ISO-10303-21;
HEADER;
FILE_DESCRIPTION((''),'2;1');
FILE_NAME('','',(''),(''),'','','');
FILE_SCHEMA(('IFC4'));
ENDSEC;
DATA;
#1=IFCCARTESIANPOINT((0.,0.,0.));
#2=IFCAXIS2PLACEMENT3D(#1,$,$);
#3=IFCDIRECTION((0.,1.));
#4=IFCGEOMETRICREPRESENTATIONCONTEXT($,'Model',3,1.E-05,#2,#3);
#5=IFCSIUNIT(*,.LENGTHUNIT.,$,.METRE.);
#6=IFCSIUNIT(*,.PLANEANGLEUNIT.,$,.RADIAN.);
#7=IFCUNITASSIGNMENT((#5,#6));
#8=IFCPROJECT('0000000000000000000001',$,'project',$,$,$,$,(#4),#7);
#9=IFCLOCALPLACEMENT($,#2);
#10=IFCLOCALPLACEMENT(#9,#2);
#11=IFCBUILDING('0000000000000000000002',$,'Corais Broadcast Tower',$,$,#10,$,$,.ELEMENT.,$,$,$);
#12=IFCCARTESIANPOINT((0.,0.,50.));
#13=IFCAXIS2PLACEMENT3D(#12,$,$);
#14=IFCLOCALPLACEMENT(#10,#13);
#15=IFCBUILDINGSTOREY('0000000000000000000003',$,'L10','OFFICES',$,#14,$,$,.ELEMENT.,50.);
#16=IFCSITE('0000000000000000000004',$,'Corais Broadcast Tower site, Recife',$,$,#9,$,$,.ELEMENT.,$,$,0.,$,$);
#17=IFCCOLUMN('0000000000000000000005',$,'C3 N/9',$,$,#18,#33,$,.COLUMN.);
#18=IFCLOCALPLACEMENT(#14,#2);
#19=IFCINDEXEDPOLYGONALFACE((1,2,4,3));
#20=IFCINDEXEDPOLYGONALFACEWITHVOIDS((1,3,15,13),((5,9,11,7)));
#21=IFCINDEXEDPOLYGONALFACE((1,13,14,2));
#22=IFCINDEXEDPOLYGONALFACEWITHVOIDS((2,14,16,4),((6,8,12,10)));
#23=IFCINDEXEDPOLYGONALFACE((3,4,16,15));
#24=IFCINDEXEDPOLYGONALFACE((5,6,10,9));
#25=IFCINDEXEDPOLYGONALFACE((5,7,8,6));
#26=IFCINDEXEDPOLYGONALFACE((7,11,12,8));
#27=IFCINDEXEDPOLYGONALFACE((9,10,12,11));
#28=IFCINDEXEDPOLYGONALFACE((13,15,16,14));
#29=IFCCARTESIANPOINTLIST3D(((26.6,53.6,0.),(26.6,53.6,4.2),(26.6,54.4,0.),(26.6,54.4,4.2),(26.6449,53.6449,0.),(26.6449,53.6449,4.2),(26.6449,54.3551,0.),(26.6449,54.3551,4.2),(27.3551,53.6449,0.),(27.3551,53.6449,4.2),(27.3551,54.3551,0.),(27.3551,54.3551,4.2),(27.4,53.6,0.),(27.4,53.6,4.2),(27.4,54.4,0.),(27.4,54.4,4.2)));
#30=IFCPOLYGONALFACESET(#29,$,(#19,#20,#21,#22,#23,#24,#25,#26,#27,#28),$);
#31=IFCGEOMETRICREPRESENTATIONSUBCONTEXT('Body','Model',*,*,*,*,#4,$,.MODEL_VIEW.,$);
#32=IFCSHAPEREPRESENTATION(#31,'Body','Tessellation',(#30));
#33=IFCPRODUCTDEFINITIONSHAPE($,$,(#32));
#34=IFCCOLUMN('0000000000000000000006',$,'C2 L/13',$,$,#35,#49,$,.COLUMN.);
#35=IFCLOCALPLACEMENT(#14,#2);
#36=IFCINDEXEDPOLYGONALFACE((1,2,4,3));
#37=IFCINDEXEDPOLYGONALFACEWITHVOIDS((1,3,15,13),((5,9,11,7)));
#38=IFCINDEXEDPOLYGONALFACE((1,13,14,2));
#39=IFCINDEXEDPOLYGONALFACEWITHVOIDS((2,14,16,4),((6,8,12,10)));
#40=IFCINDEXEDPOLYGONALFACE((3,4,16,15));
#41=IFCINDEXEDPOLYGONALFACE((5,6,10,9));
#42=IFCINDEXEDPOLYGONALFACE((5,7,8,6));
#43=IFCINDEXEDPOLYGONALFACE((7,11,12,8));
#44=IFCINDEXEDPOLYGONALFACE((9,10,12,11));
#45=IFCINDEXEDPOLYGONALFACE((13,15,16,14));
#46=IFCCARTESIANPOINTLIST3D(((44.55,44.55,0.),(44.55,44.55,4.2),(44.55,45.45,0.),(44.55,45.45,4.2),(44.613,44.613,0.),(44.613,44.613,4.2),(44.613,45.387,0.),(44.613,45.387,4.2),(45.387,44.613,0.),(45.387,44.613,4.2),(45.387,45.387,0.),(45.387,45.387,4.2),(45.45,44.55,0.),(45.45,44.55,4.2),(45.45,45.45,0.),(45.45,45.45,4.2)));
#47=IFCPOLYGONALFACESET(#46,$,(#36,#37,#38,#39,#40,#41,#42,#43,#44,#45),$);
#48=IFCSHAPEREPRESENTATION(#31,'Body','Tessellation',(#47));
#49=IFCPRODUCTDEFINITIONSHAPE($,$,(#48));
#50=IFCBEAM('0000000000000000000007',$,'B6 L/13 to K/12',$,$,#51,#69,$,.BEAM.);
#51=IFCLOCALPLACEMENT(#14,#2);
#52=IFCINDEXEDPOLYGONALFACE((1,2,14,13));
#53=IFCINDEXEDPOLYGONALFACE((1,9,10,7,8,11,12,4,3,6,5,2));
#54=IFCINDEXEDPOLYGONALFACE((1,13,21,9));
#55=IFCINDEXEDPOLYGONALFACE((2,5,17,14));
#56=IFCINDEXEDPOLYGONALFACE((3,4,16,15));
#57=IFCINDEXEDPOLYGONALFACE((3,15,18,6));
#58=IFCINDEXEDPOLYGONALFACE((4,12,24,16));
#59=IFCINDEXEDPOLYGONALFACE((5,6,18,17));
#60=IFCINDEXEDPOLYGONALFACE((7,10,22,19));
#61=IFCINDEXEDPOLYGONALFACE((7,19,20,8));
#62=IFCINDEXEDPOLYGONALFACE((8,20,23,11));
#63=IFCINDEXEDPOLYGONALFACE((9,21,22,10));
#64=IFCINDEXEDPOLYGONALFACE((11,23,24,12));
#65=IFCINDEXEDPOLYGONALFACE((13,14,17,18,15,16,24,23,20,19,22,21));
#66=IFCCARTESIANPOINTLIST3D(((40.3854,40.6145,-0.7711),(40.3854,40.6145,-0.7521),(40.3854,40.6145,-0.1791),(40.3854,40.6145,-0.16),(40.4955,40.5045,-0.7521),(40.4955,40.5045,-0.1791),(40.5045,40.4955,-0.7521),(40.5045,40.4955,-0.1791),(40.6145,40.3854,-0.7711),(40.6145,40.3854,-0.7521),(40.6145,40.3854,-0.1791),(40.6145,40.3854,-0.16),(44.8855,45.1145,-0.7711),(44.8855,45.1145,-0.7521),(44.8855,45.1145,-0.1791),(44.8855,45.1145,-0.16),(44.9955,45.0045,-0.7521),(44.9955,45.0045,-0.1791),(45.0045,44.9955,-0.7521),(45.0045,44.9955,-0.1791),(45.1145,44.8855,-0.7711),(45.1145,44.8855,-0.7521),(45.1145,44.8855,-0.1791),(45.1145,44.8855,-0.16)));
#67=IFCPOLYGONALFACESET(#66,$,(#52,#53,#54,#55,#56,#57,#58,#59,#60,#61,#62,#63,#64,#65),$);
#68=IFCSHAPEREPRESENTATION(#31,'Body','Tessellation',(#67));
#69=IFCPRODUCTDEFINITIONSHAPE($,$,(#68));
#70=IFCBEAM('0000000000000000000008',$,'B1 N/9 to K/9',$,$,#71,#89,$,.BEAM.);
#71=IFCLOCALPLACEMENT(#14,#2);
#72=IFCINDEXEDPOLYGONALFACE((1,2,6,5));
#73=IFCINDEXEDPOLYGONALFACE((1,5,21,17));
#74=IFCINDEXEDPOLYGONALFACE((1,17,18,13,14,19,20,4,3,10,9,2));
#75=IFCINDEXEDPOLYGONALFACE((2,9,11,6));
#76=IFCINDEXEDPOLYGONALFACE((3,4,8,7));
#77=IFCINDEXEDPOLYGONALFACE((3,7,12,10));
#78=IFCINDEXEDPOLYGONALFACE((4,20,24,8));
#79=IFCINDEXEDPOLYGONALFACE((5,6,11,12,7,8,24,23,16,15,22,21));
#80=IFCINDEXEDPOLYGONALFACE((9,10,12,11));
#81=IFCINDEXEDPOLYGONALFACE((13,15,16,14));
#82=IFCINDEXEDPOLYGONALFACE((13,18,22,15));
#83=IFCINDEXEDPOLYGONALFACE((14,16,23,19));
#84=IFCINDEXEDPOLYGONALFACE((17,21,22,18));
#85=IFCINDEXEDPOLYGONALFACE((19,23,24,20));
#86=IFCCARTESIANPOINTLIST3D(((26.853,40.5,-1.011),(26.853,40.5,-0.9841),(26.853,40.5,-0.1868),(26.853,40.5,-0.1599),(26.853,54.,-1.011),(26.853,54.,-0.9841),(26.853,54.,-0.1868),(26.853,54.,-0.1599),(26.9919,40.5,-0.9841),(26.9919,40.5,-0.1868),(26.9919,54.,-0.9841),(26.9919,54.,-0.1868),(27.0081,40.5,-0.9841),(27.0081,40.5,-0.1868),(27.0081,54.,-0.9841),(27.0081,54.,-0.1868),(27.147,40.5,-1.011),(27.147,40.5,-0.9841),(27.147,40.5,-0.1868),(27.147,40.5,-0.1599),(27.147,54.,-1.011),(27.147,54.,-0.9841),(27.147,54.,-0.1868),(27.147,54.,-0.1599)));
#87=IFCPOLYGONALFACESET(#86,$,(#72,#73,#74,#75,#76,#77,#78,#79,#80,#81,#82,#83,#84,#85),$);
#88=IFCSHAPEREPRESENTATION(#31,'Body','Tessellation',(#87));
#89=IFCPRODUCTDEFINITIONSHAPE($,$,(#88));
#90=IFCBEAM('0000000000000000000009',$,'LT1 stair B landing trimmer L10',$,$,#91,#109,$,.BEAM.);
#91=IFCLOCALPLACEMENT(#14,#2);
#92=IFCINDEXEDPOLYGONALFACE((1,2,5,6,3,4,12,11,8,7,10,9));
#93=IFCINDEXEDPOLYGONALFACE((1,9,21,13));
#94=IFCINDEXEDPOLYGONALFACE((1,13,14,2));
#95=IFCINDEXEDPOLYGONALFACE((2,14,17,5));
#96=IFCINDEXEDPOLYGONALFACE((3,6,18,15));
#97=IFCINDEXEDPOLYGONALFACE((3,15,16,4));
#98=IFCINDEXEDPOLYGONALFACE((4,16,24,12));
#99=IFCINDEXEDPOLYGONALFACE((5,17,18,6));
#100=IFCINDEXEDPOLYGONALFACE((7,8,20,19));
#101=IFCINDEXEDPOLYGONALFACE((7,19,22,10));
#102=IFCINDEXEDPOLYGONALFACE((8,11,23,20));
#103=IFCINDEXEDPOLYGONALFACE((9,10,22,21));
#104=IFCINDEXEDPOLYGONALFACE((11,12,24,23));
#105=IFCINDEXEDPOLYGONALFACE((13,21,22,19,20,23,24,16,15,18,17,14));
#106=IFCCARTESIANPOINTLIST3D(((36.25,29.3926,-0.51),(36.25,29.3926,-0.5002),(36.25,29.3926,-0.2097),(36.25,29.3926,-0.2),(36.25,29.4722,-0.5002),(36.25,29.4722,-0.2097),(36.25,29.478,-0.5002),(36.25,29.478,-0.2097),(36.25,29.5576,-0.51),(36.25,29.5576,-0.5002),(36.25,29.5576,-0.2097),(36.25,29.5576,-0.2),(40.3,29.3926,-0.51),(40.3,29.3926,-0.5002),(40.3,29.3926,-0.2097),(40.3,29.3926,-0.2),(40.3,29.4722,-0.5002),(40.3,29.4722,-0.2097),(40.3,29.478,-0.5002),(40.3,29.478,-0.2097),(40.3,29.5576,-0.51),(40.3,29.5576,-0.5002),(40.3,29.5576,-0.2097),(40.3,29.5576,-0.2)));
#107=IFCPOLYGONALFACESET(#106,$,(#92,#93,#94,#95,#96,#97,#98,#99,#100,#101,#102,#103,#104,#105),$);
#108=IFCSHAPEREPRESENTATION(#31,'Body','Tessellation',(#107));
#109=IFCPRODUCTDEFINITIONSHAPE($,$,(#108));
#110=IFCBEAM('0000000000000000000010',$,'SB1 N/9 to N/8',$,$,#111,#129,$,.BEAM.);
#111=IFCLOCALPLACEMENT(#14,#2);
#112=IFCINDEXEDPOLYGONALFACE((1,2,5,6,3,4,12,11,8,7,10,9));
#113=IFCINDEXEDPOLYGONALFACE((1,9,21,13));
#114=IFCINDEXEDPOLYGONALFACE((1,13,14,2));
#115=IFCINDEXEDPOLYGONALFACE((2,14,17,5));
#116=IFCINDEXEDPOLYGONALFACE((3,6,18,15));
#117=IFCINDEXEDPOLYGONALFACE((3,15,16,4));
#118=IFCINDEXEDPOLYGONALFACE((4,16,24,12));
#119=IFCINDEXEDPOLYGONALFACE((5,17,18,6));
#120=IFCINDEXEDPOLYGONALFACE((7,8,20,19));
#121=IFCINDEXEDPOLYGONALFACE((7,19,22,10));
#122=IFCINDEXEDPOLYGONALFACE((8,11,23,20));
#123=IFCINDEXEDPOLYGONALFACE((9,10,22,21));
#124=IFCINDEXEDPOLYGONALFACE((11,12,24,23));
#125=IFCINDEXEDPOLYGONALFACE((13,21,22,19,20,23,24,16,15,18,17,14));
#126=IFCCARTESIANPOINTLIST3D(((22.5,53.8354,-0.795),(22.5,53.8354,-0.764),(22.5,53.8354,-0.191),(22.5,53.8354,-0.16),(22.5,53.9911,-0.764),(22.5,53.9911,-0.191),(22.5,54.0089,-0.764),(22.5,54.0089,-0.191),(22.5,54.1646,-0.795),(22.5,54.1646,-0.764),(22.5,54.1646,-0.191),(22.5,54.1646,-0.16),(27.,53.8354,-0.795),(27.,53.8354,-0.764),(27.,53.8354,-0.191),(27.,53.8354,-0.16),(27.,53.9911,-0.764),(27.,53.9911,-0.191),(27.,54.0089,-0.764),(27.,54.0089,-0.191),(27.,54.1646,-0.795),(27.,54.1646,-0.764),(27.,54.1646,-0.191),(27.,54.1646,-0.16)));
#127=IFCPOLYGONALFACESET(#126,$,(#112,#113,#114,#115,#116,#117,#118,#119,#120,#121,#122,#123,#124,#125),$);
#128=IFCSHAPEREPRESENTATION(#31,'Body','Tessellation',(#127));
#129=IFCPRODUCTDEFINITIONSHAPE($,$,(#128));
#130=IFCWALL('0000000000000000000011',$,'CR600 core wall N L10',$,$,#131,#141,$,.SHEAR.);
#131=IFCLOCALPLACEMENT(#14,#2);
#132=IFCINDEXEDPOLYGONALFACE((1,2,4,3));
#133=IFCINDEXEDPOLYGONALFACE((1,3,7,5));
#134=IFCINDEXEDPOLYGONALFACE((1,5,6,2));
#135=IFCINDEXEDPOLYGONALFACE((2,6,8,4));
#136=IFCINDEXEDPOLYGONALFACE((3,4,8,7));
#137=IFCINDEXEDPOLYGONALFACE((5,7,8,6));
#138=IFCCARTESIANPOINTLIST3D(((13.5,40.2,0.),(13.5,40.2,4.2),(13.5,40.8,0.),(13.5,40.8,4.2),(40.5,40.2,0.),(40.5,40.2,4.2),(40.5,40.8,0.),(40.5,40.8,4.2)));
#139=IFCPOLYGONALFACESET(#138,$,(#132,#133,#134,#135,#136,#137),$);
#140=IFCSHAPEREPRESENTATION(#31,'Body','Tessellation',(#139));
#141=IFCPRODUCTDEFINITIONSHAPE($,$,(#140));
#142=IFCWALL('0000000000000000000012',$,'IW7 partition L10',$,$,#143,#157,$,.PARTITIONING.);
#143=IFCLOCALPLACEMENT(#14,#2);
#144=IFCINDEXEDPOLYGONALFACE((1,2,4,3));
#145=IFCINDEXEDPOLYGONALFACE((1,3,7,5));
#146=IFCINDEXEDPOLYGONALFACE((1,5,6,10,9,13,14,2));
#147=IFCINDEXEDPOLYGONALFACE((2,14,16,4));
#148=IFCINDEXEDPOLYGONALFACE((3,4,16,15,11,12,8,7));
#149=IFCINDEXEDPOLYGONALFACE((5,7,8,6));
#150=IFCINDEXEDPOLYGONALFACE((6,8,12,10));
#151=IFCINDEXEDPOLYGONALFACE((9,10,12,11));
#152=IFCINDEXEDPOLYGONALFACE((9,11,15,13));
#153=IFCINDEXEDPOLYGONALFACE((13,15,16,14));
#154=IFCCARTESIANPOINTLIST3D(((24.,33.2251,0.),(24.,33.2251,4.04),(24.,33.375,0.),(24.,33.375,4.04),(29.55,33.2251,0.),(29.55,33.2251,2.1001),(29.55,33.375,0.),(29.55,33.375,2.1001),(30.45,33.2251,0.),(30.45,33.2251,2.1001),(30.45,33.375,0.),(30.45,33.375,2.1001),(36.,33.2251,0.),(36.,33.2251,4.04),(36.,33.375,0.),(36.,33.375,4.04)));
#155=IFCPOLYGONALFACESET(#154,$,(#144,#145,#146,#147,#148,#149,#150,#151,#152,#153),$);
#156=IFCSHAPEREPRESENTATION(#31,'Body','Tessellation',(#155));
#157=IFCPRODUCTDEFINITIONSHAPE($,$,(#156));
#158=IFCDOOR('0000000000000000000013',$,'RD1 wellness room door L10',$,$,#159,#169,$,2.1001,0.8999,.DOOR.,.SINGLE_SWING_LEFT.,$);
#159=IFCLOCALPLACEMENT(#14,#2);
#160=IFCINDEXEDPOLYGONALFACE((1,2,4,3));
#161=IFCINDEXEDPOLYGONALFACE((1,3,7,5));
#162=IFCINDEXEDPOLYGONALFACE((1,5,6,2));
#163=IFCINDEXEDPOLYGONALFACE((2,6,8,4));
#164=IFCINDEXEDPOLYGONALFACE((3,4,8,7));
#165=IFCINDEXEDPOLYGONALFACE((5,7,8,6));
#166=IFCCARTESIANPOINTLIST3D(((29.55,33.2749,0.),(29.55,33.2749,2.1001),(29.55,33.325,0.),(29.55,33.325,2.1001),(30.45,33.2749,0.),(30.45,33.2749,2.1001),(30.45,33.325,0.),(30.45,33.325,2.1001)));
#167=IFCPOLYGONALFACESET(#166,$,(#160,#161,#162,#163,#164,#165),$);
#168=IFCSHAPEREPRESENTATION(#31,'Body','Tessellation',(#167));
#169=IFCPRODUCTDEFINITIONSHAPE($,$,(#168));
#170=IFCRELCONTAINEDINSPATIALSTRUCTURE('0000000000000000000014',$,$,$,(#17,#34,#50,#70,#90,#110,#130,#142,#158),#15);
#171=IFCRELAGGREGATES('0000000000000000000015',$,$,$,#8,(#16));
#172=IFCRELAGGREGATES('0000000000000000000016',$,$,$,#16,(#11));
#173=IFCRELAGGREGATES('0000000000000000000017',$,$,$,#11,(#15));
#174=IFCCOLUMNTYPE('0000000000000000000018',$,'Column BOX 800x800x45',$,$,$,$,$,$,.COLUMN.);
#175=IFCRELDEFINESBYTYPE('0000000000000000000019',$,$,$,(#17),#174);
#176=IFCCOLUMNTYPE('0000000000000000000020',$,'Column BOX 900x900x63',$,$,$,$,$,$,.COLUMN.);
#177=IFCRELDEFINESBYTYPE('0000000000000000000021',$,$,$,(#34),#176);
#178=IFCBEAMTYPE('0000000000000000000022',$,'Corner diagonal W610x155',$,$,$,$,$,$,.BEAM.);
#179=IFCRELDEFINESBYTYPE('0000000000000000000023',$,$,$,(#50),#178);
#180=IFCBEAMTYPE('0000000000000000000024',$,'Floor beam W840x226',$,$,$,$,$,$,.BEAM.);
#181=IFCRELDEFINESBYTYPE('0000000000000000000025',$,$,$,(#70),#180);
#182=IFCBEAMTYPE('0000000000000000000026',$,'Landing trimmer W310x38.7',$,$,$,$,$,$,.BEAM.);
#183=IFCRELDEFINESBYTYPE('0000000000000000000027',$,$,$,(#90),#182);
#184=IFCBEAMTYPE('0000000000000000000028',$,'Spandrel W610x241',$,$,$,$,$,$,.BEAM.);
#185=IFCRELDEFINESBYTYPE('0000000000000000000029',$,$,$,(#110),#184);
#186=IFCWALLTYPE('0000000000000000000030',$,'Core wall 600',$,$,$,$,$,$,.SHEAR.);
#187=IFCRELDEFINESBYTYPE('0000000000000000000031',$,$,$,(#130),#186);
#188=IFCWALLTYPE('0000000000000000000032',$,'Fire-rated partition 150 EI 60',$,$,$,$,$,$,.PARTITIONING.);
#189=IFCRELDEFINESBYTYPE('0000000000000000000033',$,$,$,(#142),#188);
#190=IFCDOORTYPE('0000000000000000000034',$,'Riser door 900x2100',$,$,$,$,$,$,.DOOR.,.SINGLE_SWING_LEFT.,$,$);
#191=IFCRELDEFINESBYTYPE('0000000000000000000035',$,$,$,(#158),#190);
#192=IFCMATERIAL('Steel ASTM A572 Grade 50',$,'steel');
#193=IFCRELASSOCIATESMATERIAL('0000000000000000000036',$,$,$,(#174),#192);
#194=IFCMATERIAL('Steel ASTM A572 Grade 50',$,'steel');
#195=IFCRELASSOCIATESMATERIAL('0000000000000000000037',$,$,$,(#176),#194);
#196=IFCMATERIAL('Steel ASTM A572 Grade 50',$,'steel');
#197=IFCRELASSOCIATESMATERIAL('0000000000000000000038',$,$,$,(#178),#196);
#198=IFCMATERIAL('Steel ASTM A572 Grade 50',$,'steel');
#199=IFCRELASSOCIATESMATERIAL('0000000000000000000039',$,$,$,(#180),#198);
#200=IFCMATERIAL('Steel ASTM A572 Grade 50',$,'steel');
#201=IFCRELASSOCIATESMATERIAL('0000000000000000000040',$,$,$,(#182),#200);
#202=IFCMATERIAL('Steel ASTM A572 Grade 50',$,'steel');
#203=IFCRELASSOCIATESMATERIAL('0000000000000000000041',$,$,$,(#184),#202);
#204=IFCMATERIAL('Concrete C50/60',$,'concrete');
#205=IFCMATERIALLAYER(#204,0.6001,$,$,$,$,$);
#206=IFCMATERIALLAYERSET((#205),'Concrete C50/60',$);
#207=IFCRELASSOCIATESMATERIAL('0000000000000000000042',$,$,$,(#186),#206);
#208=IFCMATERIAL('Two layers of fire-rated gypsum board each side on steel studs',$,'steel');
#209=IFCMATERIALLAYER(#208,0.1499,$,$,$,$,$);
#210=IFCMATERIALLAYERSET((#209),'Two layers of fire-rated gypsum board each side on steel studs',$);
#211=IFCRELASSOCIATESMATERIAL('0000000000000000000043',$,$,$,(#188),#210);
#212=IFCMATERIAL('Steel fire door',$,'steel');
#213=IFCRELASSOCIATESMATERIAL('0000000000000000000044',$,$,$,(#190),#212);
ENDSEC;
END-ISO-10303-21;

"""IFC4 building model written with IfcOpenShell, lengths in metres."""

from ifc_helpers import new_model, si_unit, direction, frame, frame_2d, origin, origin_2d, place, context, subcontext, project, spatial, rectangle, hollow_rectangle, i_section, extrude, material, layer, layer_set, material_profile, profile_set, type_object, element, fill, save


model = new_model("IFC4")

# Units and contexts
model_context = context("Model", 3, precision=1e-05, world=origin(), true_north=direction((0.0, 1.0)))
body_context = subcontext(model_context, "Body", "Model", "MODEL_VIEW")
ifc_project = project(units=[si_unit("LENGTHUNIT", "METRE"), si_unit("PLANEANGLEUNIT", "RADIAN")], contexts=[model_context])

# Site, building, storey
site_placement = place(None, origin())
site = spatial("IfcSite", under=ifc_project, at=site_placement, Name="Corais Broadcast Tower site, Recife", CompositionType="ELEMENT", RefElevation=0.0)
building_placement = place(site_placement, origin())
building = spatial("IfcBuilding", under=site, at=building_placement, Name="Corais Broadcast Tower", CompositionType="ELEMENT")
storey_placement = place(building_placement, frame((0.0, 0.0, 50.0)))
storey = spatial("IfcBuildingStorey", under=building, at=storey_placement, Name="L10", Description="OFFICES", CompositionType="ELEMENT", Elevation=50.0)

# Columns
ifc_material_1 = material(Name="Steel ASTM A572 Grade 50", Category="steel")
ifc_material_profile_1 = material_profile(ifc_material_1, hollow_rectangle(XDim=0.8, YDim=0.8, WallThickness=0.0449, at=origin_2d()), Name="BOX 800x800x45")
ifc_profile_set_1 = profile_set([ifc_material_profile_1], Name="Steel ASTM A572 Grade 50")
column_type_1 = type_object("IfcColumnType", Name="Column BOX 800x800x45", PredefinedType="COLUMN", material=ifc_profile_set_1)
column_1_placement = place(storey_placement, frame((27.0, 54.0, 0.0), z_axis=(0.0, 0.0, 1.0), x_axis=(1.0, 0.0, 0.0)))
element("IfcColumn", 1, at=column_1_placement, inside=storey, type_object=column_type_1, Name="C3 N/9", PredefinedType="COLUMN", context=body_context, shape_type="SweptSolid", body=[
    extrude(hollow_rectangle(XDim=0.8, YDim=0.8, WallThickness=0.0449, at=origin_2d()), origin(), (0.0, 0.0, 1.0), 4.2),
])
ifc_material_2 = material(Name="Steel ASTM A572 Grade 50", Category="steel")
ifc_material_profile_2 = material_profile(ifc_material_2, hollow_rectangle(XDim=0.8999, YDim=0.8999, WallThickness=0.063, at=origin_2d()), Name="BOX 900x900x63")
ifc_profile_set_2 = profile_set([ifc_material_profile_2], Name="Steel ASTM A572 Grade 50")
column_type_2 = type_object("IfcColumnType", Name="Column BOX 900x900x63", PredefinedType="COLUMN", material=ifc_profile_set_2)
column_2_placement = place(storey_placement, frame((45.0, 45.0, 0.0), z_axis=(0.0, 0.0, 1.0), x_axis=(1.0, 0.0, 0.0)))
element("IfcColumn", 2, at=column_2_placement, inside=storey, type_object=column_type_2, Name="C2 L/13", PredefinedType="COLUMN", context=body_context, shape_type="SweptSolid", body=[
    extrude(hollow_rectangle(XDim=0.8999, YDim=0.8999, WallThickness=0.063, at=origin_2d()), origin(), (0.0, 0.0, 1.0), 4.2),
])

# Beams
ifc_material_3 = material(Name="Steel ASTM A572 Grade 50", Category="steel")
ifc_material_profile_3 = material_profile(ifc_material_3, i_section(OverallWidth=0.324, OverallDepth=0.6111, WebThickness=0.0127, FlangeThickness=0.019, at=origin_2d()), Name="W610x155")
ifc_profile_set_3 = profile_set([ifc_material_profile_3], Name="Steel ASTM A572 Grade 50")
beam_type_1 = type_object("IfcBeamType", Name="Corner diagonal W610x155", PredefinedType="BEAM", material=ifc_profile_set_3)
beam_1_placement = place(storey_placement, frame((45.0, 45.0, -0.4656), z_axis=(-0.707107, -0.707107, 0.0), x_axis=(0.707107, -0.707107, 0.0)))
element("IfcBeam", 3, at=beam_1_placement, inside=storey, type_object=beam_type_1, Name="B6 L/13 to K/12", PredefinedType="BEAM", context=body_context, shape_type="SweptSolid", body=[
    extrude(i_section(OverallWidth=0.324, OverallDepth=0.6111, WebThickness=0.0127, FlangeThickness=0.019, at=origin_2d()), origin(), (0.0, 0.0, 1.0), 6.364),
])
ifc_material_4 = material(Name="Steel ASTM A572 Grade 50", Category="steel")
ifc_material_profile_4 = material_profile(ifc_material_4, i_section(OverallWidth=0.2939, OverallDepth=0.8511, WebThickness=0.0161, FlangeThickness=0.0269, at=origin_2d()), Name="W840x226")
ifc_profile_set_4 = profile_set([ifc_material_profile_4], Name="Steel ASTM A572 Grade 50")
beam_type_2 = type_object("IfcBeamType", Name="Floor beam W840x226", PredefinedType="BEAM", material=ifc_profile_set_4)
beam_2_placement = place(storey_placement, frame((27.0, 54.0, -0.5854), z_axis=(0.0, -1.0, 0.0), x_axis=(1.0, 0.0, 0.0)))
element("IfcBeam", 4, at=beam_2_placement, inside=storey, type_object=beam_type_2, Name="B1 N/9 to K/9", PredefinedType="BEAM", context=body_context, shape_type="SweptSolid", body=[
    extrude(i_section(OverallWidth=0.2939, OverallDepth=0.8511, WebThickness=0.0161, FlangeThickness=0.0269, at=origin_2d()), origin(), (0.0, 0.0, 1.0), 13.5),
])
ifc_material_5 = material(Name="Steel ASTM A572 Grade 50", Category="steel")
ifc_material_profile_5 = material_profile(ifc_material_5, i_section(OverallWidth=0.165, OverallDepth=0.3101, WebThickness=0.0059, FlangeThickness=0.0098, at=origin_2d()), Name="W310x38.7")
ifc_profile_set_5 = profile_set([ifc_material_profile_5], Name="Steel ASTM A572 Grade 50")
beam_type_3 = type_object("IfcBeamType", Name="Landing trimmer W310x38.7", PredefinedType="BEAM", material=ifc_profile_set_5)
beam_3_placement = place(storey_placement, frame((36.25, 29.4751, -0.355), z_axis=(1.0, 0.0, 0.0), x_axis=(0.0, 1.0, 0.0)))
element("IfcBeam", 5, at=beam_3_placement, inside=storey, type_object=beam_type_3, Name="LT1 stair B landing trimmer L10", PredefinedType="BEAM", context=body_context, shape_type="SweptSolid", body=[
    extrude(i_section(OverallWidth=0.165, OverallDepth=0.3101, WebThickness=0.0059, FlangeThickness=0.0098, at=origin_2d()), origin(), (0.0, 0.0, 1.0), 4.05),
])
ifc_material_6 = material(Name="Steel ASTM A572 Grade 50", Category="steel")
ifc_material_profile_6 = material_profile(ifc_material_6, i_section(OverallWidth=0.3291, OverallDepth=0.635, WebThickness=0.0178, FlangeThickness=0.031, at=origin_2d()), Name="W610x241")
ifc_profile_set_6 = profile_set([ifc_material_profile_6], Name="Steel ASTM A572 Grade 50")
beam_type_4 = type_object("IfcBeamType", Name="Spandrel W610x241", PredefinedType="BEAM", material=ifc_profile_set_6)
beam_4_placement = place(storey_placement, frame((27.0, 54.0, -0.4775), z_axis=(-1.0, 0.0, 0.0), x_axis=(0.0, -1.0, 0.0)))
element("IfcBeam", 6, at=beam_4_placement, inside=storey, type_object=beam_type_4, Name="SB1 N/9 to N/8", PredefinedType="BEAM", context=body_context, shape_type="SweptSolid", body=[
    extrude(i_section(OverallWidth=0.3291, OverallDepth=0.635, WebThickness=0.0178, FlangeThickness=0.031, at=origin_2d()), origin(), (0.0, 0.0, 1.0), 4.5),
])

# Wall
ifc_material_7 = material(Name="Concrete C50/60", Category="concrete")
ifc_layer_1 = layer(ifc_material_7, 0.6001)
ifc_layer_set_1 = layer_set([ifc_layer_1], Name="Concrete C50/60")
wall_type_1 = type_object("IfcWallType", Name="Core wall 600", PredefinedType="SHEAR", material=ifc_layer_set_1)
wall_1_placement = place(storey_placement, frame((40.5, 40.5, 0.0), z_axis=(0.0, 0.0, 1.0), x_axis=(-1.0, 0.0, 0.0)))
element("IfcWall", 7, at=wall_1_placement, inside=storey, type_object=wall_type_1, Name="CR600 core wall N L10", PredefinedType="SHEAR", context=body_context, shape_type="SweptSolid", body=[
    extrude(rectangle(XDim=27.0, YDim=0.6001, at=frame_2d((13.5, 0.0))), origin(), (0.0, 0.0, 1.0), 4.2),
])

# Wall, opening, door
ifc_material_8 = material(Name="Two layers of fire-rated gypsum board each side on steel studs", Category="steel")
ifc_layer_2 = layer(ifc_material_8, 0.1499)
ifc_layer_set_2 = layer_set([ifc_layer_2], Name="Two layers of fire-rated gypsum board each side on steel studs")
wall_type_2 = type_object("IfcWallType", Name="Fire-rated partition 150 EI 60", PredefinedType="PARTITIONING", material=ifc_layer_set_2)
wall_2_placement = place(storey_placement, frame((24.0, 33.3, 0.0), z_axis=(0.0, 0.0, 1.0), x_axis=(1.0, 0.0, 0.0)))
wall_2 = element("IfcWall", 8, at=wall_2_placement, inside=storey, type_object=wall_type_2, Name="IW7 partition L10", PredefinedType="PARTITIONING", context=body_context, shape_type="SweptSolid", body=[
    extrude(rectangle(XDim=12.0, YDim=0.1499, at=frame_2d((6.0, 0.0))), origin(), (0.0, 0.0, 1.0), 4.04),
])
opening_1_placement = place(wall_2_placement, frame((5.55, 0.0, 0.0)))
opening_1 = element("IfcOpeningElement", 9, at=opening_1_placement, cuts=wall_2, PredefinedType="OPENING", context=body_context, shape_type="SweptSolid", body=[
    extrude(rectangle(XDim=0.8999, YDim=2.1001, at=frame_2d((0.45, 1.05))), frame((0.0, 0.085, 0.0), z_axis=(0.0, -1.0, 0.0), x_axis=(1.0, 0.0, 0.0)), (0.0, 0.0, 1.0), 0.1699),
])
ifc_material_9 = material(Name="Steel fire door", Category="steel")
door_type_1 = type_object("IfcDoorType", Name="Riser door 900x2100", OperationType="SINGLE_SWING_LEFT", PredefinedType="DOOR", material=ifc_material_9)
door_1_placement = place(opening_1_placement, origin())
door_1 = element("IfcDoor", 10, at=door_1_placement, inside=storey, type_object=door_type_1, Name="RD1 wellness room door L10", OperationType="SINGLE_SWING_LEFT", OverallHeight=2.1001, OverallWidth=0.8999, PredefinedType="DOOR", context=body_context, shape_type="SweptSolid", body=[
    extrude(rectangle(XDim=0.8999, YDim=2.1001, at=frame_2d((0.45, 1.05))), frame((0.0, 0.0249, 0.0), z_axis=(0.0, -1.0, 0.0), x_axis=(1.0, 0.0, 0.0)), (0.0, 0.0, 1.0), 0.05),
])
fill(opening_1, door_1)

save(model, "model.ifc")
